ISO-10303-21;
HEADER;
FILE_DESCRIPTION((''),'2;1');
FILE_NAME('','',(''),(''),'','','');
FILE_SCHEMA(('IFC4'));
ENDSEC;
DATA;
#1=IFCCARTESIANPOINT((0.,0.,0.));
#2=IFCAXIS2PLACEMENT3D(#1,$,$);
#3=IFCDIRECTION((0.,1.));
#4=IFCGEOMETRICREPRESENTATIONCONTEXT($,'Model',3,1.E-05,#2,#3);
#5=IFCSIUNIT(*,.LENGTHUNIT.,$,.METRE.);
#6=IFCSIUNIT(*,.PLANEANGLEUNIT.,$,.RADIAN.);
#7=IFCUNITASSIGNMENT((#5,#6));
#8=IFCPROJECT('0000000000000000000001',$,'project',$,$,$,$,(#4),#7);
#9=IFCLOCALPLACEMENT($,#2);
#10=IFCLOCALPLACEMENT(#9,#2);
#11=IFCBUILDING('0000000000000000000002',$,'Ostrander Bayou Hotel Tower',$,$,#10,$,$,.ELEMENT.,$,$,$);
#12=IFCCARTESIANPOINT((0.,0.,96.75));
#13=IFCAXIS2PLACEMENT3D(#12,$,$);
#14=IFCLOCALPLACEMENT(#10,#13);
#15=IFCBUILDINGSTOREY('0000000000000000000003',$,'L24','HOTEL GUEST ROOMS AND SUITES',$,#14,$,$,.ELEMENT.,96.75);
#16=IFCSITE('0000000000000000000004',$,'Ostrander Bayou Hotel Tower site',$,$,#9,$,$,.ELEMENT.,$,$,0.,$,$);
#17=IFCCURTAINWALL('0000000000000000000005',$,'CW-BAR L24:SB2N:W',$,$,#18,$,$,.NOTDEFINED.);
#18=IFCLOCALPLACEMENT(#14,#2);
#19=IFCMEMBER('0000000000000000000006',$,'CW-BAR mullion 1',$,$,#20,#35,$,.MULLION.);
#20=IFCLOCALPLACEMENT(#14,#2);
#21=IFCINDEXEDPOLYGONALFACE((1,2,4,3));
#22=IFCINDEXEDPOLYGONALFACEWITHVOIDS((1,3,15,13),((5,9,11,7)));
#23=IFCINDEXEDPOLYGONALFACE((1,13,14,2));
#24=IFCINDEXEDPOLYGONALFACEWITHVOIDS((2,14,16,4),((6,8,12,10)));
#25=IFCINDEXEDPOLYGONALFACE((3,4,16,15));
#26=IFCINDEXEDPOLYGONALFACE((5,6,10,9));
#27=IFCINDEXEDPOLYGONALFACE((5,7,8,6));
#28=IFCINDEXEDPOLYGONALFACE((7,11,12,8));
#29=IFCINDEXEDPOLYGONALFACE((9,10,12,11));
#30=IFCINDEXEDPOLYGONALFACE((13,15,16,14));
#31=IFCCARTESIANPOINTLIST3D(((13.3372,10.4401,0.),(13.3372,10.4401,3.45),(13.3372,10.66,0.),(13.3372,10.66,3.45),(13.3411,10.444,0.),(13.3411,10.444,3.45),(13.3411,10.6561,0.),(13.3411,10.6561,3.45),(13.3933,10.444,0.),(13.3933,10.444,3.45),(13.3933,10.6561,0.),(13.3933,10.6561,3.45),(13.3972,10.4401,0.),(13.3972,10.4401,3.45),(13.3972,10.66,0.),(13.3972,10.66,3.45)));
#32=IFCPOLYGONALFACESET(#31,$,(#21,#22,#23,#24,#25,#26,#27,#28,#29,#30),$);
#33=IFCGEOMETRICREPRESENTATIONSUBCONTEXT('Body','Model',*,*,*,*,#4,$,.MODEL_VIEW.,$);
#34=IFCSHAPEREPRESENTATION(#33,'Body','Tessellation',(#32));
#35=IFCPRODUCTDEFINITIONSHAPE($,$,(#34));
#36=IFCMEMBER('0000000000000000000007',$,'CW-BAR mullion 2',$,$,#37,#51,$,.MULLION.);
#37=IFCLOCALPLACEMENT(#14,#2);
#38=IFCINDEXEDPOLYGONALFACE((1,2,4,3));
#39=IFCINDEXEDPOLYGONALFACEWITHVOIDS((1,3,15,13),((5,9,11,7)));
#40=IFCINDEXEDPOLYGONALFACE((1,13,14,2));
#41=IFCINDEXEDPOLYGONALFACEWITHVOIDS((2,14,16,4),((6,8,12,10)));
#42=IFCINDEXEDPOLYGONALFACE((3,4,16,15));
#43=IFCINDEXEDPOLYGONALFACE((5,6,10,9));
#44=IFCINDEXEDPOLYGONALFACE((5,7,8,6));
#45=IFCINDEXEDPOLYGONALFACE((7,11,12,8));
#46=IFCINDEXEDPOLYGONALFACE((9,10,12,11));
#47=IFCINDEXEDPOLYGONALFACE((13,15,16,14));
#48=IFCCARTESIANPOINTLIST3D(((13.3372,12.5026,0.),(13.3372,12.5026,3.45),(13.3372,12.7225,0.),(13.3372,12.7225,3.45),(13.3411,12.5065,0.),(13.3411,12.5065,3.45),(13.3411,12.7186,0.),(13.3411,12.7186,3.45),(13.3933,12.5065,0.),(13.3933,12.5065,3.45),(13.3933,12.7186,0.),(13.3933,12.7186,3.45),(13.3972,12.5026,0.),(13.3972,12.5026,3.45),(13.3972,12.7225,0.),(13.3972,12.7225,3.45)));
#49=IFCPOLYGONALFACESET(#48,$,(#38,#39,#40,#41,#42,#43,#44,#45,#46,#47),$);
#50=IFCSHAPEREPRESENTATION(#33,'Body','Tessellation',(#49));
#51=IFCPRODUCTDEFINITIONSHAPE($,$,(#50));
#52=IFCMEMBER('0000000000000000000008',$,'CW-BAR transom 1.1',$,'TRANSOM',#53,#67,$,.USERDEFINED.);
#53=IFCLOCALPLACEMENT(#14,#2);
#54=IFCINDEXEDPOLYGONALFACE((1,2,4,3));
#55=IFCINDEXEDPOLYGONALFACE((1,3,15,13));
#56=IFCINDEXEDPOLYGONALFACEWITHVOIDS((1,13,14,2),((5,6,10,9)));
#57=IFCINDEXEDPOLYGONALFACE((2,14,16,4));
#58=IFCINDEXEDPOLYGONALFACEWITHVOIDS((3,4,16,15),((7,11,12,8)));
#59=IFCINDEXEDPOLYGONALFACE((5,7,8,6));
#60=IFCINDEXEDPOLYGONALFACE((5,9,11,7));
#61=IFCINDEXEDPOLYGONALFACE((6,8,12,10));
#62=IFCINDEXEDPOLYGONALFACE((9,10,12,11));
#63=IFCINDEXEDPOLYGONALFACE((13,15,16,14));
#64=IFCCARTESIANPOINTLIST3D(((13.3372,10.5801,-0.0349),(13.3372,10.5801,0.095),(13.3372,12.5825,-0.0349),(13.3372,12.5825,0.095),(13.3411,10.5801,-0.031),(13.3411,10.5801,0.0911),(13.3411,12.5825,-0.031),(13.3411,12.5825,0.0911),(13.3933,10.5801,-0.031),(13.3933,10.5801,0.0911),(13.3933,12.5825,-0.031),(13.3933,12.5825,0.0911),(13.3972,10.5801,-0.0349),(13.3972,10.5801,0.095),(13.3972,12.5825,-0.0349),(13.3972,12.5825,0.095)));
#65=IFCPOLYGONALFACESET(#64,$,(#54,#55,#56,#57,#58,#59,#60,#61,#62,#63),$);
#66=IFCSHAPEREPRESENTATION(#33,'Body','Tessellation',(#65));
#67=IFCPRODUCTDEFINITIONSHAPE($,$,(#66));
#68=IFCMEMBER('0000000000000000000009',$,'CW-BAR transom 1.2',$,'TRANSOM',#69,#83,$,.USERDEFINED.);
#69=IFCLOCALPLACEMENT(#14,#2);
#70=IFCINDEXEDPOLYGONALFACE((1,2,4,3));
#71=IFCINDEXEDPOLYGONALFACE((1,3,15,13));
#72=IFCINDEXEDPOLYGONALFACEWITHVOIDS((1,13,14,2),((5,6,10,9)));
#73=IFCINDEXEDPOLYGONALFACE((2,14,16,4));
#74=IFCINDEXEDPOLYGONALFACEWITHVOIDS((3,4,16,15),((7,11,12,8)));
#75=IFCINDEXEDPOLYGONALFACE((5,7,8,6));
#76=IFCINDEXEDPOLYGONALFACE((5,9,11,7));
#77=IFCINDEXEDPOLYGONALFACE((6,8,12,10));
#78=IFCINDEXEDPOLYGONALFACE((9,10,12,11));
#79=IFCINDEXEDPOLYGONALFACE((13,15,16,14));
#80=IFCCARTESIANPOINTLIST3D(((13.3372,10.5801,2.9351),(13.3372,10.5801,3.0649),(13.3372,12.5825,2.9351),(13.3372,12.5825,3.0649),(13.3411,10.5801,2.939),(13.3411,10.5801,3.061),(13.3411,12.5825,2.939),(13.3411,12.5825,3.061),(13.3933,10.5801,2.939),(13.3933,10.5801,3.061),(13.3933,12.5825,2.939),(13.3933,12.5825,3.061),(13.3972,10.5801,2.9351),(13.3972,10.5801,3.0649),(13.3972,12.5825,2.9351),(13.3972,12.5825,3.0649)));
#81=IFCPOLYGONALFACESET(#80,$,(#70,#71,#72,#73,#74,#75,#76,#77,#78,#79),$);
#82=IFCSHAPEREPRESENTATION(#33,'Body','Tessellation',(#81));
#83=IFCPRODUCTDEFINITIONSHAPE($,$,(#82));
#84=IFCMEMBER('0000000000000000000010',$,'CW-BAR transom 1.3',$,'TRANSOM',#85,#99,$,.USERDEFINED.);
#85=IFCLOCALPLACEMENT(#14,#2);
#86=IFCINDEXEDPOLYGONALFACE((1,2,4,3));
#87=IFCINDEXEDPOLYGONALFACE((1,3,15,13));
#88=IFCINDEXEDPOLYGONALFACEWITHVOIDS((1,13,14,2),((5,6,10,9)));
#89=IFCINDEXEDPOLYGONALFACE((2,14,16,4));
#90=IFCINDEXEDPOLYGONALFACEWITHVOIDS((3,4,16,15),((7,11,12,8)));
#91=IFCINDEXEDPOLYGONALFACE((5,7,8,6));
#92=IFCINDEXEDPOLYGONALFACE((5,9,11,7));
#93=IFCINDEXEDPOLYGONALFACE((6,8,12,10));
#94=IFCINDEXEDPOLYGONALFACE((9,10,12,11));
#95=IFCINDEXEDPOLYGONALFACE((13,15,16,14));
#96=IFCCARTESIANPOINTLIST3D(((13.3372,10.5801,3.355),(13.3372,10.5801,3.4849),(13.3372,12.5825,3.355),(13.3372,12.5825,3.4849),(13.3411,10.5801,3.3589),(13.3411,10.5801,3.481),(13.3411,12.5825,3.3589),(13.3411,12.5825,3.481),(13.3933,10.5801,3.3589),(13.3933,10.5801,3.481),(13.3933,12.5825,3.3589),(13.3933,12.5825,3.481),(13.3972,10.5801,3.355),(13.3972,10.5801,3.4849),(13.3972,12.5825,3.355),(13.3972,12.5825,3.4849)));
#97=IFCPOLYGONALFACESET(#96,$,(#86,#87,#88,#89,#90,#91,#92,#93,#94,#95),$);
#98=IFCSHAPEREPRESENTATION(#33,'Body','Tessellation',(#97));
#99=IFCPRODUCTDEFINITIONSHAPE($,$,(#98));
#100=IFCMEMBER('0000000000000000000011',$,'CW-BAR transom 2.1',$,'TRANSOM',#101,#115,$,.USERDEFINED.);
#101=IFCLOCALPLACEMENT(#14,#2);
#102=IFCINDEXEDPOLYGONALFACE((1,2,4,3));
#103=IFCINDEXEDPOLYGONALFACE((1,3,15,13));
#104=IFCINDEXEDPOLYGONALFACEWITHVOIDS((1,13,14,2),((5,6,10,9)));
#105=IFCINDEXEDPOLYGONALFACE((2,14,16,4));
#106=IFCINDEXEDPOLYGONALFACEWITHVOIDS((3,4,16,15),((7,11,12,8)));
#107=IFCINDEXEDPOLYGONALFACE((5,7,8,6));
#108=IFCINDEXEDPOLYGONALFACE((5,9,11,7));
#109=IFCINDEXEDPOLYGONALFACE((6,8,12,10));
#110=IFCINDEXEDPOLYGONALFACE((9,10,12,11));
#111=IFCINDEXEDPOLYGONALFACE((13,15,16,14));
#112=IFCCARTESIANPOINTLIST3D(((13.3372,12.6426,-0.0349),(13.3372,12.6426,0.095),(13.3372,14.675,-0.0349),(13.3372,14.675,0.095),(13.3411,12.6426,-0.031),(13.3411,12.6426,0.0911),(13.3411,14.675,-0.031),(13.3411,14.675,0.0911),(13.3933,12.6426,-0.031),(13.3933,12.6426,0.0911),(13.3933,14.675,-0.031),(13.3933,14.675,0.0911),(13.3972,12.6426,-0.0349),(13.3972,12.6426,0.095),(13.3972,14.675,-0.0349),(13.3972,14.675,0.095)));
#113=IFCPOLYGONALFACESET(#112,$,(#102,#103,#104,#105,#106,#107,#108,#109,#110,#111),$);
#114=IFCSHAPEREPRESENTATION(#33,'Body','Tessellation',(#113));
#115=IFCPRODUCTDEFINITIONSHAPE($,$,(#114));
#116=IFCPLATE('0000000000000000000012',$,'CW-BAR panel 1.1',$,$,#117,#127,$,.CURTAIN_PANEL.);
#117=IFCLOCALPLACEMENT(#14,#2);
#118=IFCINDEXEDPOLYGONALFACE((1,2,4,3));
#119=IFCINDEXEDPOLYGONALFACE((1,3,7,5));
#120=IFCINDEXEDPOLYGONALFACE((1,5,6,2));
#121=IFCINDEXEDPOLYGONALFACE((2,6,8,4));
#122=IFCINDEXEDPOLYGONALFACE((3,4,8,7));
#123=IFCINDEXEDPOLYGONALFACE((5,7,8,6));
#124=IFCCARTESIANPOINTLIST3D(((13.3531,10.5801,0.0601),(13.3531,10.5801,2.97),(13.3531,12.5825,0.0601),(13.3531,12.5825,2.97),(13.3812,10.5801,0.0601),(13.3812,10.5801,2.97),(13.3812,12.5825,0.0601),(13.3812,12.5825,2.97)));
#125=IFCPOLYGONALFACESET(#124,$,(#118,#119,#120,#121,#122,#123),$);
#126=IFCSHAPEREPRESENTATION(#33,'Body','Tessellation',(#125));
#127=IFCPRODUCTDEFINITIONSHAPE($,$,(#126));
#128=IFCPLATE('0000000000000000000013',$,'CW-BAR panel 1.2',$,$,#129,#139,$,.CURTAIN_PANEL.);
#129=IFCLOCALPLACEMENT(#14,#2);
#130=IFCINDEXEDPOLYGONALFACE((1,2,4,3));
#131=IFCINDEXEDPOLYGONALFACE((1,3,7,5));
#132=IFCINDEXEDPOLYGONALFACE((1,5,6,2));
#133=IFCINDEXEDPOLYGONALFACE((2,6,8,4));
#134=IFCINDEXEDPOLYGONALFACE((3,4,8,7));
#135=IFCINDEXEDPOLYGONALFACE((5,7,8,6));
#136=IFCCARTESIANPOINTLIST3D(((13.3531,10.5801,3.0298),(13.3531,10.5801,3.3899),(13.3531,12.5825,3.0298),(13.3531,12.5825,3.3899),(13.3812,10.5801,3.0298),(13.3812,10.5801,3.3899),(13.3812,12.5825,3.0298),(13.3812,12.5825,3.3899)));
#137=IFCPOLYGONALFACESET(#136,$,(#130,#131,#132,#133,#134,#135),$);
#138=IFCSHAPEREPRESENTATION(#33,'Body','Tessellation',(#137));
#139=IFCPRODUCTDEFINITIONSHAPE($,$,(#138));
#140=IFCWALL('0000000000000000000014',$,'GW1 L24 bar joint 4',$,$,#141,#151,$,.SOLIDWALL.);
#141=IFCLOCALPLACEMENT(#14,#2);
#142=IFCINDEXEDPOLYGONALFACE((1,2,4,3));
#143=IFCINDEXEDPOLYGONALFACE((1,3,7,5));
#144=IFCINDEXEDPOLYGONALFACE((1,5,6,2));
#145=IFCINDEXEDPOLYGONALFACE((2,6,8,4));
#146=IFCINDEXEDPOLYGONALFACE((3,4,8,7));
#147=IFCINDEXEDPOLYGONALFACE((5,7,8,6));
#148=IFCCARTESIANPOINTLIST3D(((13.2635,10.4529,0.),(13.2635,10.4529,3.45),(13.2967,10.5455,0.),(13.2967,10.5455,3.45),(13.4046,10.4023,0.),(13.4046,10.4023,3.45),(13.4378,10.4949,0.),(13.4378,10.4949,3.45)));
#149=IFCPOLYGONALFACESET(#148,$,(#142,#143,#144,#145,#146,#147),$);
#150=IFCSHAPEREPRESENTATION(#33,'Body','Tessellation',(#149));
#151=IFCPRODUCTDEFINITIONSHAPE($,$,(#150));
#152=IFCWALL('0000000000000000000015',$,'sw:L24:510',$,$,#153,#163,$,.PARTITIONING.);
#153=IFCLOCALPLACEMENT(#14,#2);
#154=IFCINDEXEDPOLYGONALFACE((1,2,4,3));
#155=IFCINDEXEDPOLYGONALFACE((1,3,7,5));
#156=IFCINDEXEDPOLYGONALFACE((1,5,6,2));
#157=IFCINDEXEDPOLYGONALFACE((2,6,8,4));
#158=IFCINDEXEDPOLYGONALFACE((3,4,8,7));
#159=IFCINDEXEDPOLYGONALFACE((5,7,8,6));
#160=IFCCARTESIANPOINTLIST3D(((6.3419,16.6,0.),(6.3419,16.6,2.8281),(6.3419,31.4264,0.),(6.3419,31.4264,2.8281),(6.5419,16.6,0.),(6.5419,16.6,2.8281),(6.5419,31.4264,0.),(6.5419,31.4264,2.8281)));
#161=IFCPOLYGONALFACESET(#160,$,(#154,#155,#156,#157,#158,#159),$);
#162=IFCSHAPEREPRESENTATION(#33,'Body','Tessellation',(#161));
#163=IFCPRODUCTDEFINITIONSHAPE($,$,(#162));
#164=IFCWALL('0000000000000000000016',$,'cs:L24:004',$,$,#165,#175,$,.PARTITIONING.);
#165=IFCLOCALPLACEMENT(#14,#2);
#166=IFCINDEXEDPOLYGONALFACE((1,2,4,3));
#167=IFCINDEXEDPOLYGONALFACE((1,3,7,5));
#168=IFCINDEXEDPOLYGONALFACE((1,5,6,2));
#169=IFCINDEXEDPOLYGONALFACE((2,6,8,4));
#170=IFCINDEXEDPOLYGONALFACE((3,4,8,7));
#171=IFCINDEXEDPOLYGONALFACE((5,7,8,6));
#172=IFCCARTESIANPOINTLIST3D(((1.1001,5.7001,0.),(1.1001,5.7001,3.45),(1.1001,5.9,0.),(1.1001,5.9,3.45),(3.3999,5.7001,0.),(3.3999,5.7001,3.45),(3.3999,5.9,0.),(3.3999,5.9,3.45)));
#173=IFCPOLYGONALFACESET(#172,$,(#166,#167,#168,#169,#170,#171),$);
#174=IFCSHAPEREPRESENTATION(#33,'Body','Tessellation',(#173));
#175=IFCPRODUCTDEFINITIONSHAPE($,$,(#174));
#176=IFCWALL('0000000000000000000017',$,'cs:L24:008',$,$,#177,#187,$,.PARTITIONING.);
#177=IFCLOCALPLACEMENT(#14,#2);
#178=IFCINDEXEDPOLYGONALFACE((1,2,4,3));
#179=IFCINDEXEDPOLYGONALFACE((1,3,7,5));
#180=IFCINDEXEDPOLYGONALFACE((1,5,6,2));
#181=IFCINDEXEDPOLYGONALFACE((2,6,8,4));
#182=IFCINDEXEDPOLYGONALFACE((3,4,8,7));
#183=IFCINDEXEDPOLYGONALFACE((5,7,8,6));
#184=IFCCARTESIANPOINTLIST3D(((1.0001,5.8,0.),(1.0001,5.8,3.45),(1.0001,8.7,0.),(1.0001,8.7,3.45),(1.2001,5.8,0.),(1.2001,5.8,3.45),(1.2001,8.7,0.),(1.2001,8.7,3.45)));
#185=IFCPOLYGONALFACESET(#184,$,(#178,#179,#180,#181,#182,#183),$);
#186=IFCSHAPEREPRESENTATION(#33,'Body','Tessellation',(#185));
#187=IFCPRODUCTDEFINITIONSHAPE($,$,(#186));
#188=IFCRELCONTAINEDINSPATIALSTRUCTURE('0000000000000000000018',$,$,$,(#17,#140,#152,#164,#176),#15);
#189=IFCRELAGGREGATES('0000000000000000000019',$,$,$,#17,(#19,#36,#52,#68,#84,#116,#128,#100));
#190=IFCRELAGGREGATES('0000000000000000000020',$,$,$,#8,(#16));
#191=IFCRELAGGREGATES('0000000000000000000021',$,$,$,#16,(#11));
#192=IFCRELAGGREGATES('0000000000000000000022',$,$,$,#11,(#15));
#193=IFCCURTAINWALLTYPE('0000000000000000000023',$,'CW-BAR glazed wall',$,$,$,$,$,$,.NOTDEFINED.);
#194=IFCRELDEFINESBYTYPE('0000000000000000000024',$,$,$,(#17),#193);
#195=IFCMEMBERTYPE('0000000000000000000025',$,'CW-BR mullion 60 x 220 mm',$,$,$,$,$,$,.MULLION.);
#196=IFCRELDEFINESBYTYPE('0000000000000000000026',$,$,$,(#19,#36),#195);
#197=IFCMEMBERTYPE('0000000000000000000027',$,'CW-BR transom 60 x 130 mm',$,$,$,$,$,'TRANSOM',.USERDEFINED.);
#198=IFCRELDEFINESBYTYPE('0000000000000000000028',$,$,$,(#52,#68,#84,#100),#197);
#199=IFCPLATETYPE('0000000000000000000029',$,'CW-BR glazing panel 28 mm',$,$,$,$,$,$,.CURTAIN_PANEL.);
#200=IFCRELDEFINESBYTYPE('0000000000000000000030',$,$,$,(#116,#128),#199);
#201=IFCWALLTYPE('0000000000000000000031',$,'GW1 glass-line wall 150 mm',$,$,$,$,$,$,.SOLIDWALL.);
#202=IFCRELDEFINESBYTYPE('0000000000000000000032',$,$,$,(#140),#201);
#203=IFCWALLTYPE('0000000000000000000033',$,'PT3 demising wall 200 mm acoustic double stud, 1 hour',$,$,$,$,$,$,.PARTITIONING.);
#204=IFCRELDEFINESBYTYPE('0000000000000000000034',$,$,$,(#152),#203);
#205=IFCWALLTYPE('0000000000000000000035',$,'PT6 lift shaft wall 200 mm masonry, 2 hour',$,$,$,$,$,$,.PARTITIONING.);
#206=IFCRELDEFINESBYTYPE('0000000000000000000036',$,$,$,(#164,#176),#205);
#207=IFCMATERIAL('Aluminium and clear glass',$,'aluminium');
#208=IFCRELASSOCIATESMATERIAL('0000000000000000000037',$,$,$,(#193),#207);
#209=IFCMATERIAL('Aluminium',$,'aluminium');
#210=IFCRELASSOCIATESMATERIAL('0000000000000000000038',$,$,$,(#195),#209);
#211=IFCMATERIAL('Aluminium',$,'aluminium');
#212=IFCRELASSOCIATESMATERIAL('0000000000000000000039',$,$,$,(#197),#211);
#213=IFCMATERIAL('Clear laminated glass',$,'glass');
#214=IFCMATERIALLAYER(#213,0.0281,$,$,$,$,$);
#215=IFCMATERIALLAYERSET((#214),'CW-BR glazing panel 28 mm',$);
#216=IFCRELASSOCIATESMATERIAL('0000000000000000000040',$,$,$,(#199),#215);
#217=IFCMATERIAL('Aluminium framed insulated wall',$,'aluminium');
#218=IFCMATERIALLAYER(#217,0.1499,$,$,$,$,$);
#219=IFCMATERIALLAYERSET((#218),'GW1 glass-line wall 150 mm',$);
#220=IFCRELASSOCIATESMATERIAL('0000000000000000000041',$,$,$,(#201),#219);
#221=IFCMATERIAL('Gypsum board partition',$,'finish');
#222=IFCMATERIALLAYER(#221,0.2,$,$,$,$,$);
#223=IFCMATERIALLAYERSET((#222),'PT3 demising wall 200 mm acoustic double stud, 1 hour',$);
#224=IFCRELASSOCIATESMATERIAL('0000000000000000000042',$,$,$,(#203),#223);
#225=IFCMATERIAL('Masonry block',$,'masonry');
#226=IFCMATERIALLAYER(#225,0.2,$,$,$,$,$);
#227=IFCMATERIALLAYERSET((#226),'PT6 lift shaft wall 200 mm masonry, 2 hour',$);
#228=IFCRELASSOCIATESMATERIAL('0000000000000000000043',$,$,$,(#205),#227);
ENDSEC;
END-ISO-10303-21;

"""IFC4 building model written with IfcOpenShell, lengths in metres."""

from ifc_helpers import new_model, si_unit, direction, frame, frame_2d, origin, origin_2d, place, context, subcontext, project, spatial, rectangle, hollow_rectangle, extrude, material, layer, layer_set, material_profile, profile_set, type_object, element, aggregate, save


model = new_model("IFC4")

# Units and contexts
model_context = context("Model", 3, precision=1e-05, world=origin(), true_north=direction((0.0, 1.0)))
body_context = subcontext(model_context, "Body", "Model", "MODEL_VIEW")
ifc_project = project(units=[si_unit("LENGTHUNIT", "METRE"), si_unit("PLANEANGLEUNIT", "RADIAN")], contexts=[model_context])

# Site, building, storey
site_placement = place(None, origin())
site = spatial("IfcSite", under=ifc_project, at=site_placement, Name="Ostrander Bayou Hotel Tower site", CompositionType="ELEMENT", RefElevation=0.0)
building_placement = place(site_placement, origin())
building = spatial("IfcBuilding", under=site, at=building_placement, Name="Ostrander Bayou Hotel Tower", CompositionType="ELEMENT")
storey_placement = place(building_placement, frame((0.0, 0.0, 96.75)))
storey = spatial("IfcBuildingStorey", under=building, at=storey_placement, Name="L24", Description="HOTEL GUEST ROOMS AND SUITES", CompositionType="ELEMENT", Elevation=96.75)

# Curtain wall, members, plates
ifc_material_1 = material(Name="Aluminium and clear glass", Category="aluminium")
curtain_wall_type = type_object("IfcCurtainWallType", Name="CW-BAR glazed wall", PredefinedType="NOTDEFINED", material=ifc_material_1)
curtain_wall_placement = place(storey_placement, origin())
curtain_wall = element("IfcCurtainWall", 1, at=curtain_wall_placement, inside=storey, type_object=curtain_wall_type, Name="CW-BAR L24:SB2N:W", PredefinedType="NOTDEFINED")
ifc_material_2 = material(Name="Aluminium", Category="aluminium")
ifc_material_profile_1 = material_profile(ifc_material_2, hollow_rectangle(XDim=0.0601, YDim=0.22, WallThickness=0.0039, at=origin_2d()))
ifc_profile_set_1 = profile_set([ifc_material_profile_1], Name="Aluminium")
member_type_1 = type_object("IfcMemberType", Name="CW-BR mullion 60 x 220 mm", PredefinedType="MULLION", material=ifc_profile_set_1)
member_1_placement = place(storey_placement, frame((13.3672, 10.55, 0.0), z_axis=(0.0, 0.0, 1.0), x_axis=(-1.0, 0.0, 0.0)))
member_1 = element("IfcMember", 2, at=member_1_placement, type_object=member_type_1, Name="CW-BAR mullion 1", PredefinedType="MULLION", context=body_context, shape_type="SweptSolid", body=[
    extrude(hollow_rectangle(XDim=0.0601, YDim=0.22, WallThickness=0.0039, at=origin_2d()), origin(), (0.0, 0.0, 1.0), 3.45),
])
member_2_placement = place(storey_placement, frame((13.3672, 12.6125, 0.0), z_axis=(0.0, 0.0, 1.0), x_axis=(-1.0, 0.0, 0.0)))
member_2 = element("IfcMember", 3, at=member_2_placement, type_object=member_type_1, Name="CW-BAR mullion 2", PredefinedType="MULLION", context=body_context, shape_type="SweptSolid", body=[
    extrude(hollow_rectangle(XDim=0.0601, YDim=0.22, WallThickness=0.0039, at=origin_2d()), origin(), (0.0, 0.0, 1.0), 3.45),
])
ifc_material_3 = material(Name="Aluminium", Category="aluminium")
ifc_material_profile_2 = material_profile(ifc_material_3, hollow_rectangle(XDim=0.0601, YDim=0.1299, WallThickness=0.0039, at=origin_2d()))
ifc_profile_set_2 = profile_set([ifc_material_profile_2], Name="Aluminium")
member_type_2 = type_object("IfcMemberType", Name="CW-BR transom 60 x 130 mm", ElementType="TRANSOM", PredefinedType="USERDEFINED", material=ifc_profile_set_2)
member_3_placement = place(storey_placement, frame((13.3672, 10.5801, 0.03), z_axis=(0.0, 1.0, 0.0), x_axis=(-1.0, 0.0, 0.0)))
member_3 = element("IfcMember", 4, at=member_3_placement, type_object=member_type_2, Name="CW-BAR transom 1.1", ObjectType="TRANSOM", PredefinedType="USERDEFINED", context=body_context, shape_type="SweptSolid", body=[
    extrude(hollow_rectangle(XDim=0.0601, YDim=0.1299, WallThickness=0.0039, at=origin_2d()), origin(), (0.0, 0.0, 1.0), 2.0024),
])
member_4_placement = place(storey_placement, frame((13.3672, 10.5801, 3.0), z_axis=(0.0, 1.0, 0.0), x_axis=(-1.0, 0.0, 0.0)))
member_4 = element("IfcMember", 5, at=member_4_placement, type_object=member_type_2, Name="CW-BAR transom 1.2", ObjectType="TRANSOM", PredefinedType="USERDEFINED", context=body_context, shape_type="SweptSolid", body=[
    extrude(hollow_rectangle(XDim=0.0601, YDim=0.1299, WallThickness=0.0039, at=origin_2d()), origin(), (0.0, 0.0, 1.0), 2.0024),
])
member_5_placement = place(storey_placement, frame((13.3672, 10.5801, 3.4199), z_axis=(0.0, 1.0, 0.0), x_axis=(-1.0, 0.0, 0.0)))
member_5 = element("IfcMember", 6, at=member_5_placement, type_object=member_type_2, Name="CW-BAR transom 1.3", ObjectType="TRANSOM", PredefinedType="USERDEFINED", context=body_context, shape_type="SweptSolid", body=[
    extrude(hollow_rectangle(XDim=0.0601, YDim=0.1299, WallThickness=0.0039, at=origin_2d()), origin(), (0.0, 0.0, 1.0), 2.0024),
])
member_6_placement = place(storey_placement, frame((13.3672, 12.6426, 0.03), z_axis=(0.0, 1.0, 0.0), x_axis=(-1.0, 0.0, 0.0)))
member_6 = element("IfcMember", 7, at=member_6_placement, type_object=member_type_2, Name="CW-BAR transom 2.1", ObjectType="TRANSOM", PredefinedType="USERDEFINED", context=body_context, shape_type="SweptSolid", body=[
    extrude(hollow_rectangle(XDim=0.0601, YDim=0.1299, WallThickness=0.0039, at=origin_2d()), origin(), (0.0, 0.0, 1.0), 2.0325),
])
ifc_material_4 = material(Name="Clear laminated glass", Category="glass")
ifc_layer_1 = layer(ifc_material_4, 0.0281)
ifc_layer_set_1 = layer_set([ifc_layer_1], Name="CW-BR glazing panel 28 mm")
plate_type = type_object("IfcPlateType", Name="CW-BR glazing panel 28 mm", PredefinedType="CURTAIN_PANEL", material=ifc_layer_set_1)
plate_1_placement = place(storey_placement, frame((13.3672, 11.5813, 0.0601), z_axis=(0.0, 0.0, 1.0), x_axis=(0.0, 1.0, 0.0)))
plate_1 = element("IfcPlate", 8, at=plate_1_placement, type_object=plate_type, Name="CW-BAR panel 1.1", PredefinedType="CURTAIN_PANEL", context=body_context, shape_type="SweptSolid", body=[
    extrude(rectangle(XDim=2.0024, YDim=0.0281, at=origin_2d()), origin(), (0.0, 0.0, 1.0), 2.9099),
])
plate_2_placement = place(storey_placement, frame((13.3672, 11.5813, 3.0298), z_axis=(0.0, 0.0, 1.0), x_axis=(0.0, 1.0, 0.0)))
plate_2 = element("IfcPlate", 9, at=plate_2_placement, type_object=plate_type, Name="CW-BAR panel 1.2", PredefinedType="CURTAIN_PANEL", context=body_context, shape_type="SweptSolid", body=[
    extrude(rectangle(XDim=2.0024, YDim=0.0281, at=origin_2d()), origin(), (0.0, 0.0, 1.0), 0.3601),
])
aggregate(curtain_wall, [member_1, member_2, member_3, member_4, member_5, plate_1, plate_2, member_6])

# Walls
ifc_material_5 = material(Name="Aluminium framed insulated wall", Category="aluminium")
ifc_layer_2 = layer(ifc_material_5, 0.1499)
ifc_layer_set_2 = layer_set([ifc_layer_2], Name="GW1 glass-line wall 150 mm")
wall_type_1 = type_object("IfcWallType", Name="GW1 glass-line wall 150 mm", PredefinedType="SOLIDWALL", material=ifc_layer_set_2)
wall_1_placement = place(storey_placement, frame((13.334, 10.4275, 0.0), z_axis=(0.0, 0.0, 1.0), x_axis=(0.337752, 0.941235, 0.0)))
element("IfcWall", 10, at=wall_1_placement, inside=storey, type_object=wall_type_1, Name="GW1 L24 bar joint 4", PredefinedType="SOLIDWALL", context=body_context, shape_type="SweptSolid", body=[
    extrude(rectangle(XDim=0.0984, YDim=0.1499, at=frame_2d((0.0493, 0.0))), origin(), (0.0, 0.0, 1.0), 3.45),
])
ifc_material_6 = material(Name="Gypsum board partition", Category="finish")
ifc_layer_3 = layer(ifc_material_6, 0.2)
ifc_layer_set_3 = layer_set([ifc_layer_3], Name="PT3 demising wall 200 mm acoustic double stud, 1 hour")
wall_type_2 = type_object("IfcWallType", Name="PT3 demising wall 200 mm acoustic double stud, 1 hour", PredefinedType="PARTITIONING", material=ifc_layer_set_3)
wall_2_placement = place(storey_placement, frame((6.4419, 16.6001, 0.0), z_axis=(0.0, 0.0, 1.0), x_axis=(0.0, 1.0, 0.0)))
element("IfcWall", 11, at=wall_2_placement, inside=storey, type_object=wall_type_2, Name="sw:L24:510", PredefinedType="PARTITIONING", context=body_context, shape_type="SweptSolid", body=[
    extrude(rectangle(XDim=14.8264, YDim=0.2, at=frame_2d((7.4131, 0.0))), origin(), (0.0, 0.0, 1.0), 2.8281),
])

# Walls
ifc_material_7 = material(Name="Masonry block", Category="masonry")
ifc_layer_4 = layer(ifc_material_7, 0.2)
ifc_layer_set_4 = layer_set([ifc_layer_4], Name="PT6 lift shaft wall 200 mm masonry, 2 hour")
wall_type_3 = type_object("IfcWallType", Name="PT6 lift shaft wall 200 mm masonry, 2 hour", PredefinedType="PARTITIONING", material=ifc_layer_set_4)
wall_3_placement = place(storey_placement, frame((1.1001, 5.8, 0.0), z_axis=(0.0, 0.0, 1.0), x_axis=(1.0, 0.0, 0.0)))
element("IfcWall", 12, at=wall_3_placement, inside=storey, type_object=wall_type_3, Name="cs:L24:004", PredefinedType="PARTITIONING", context=body_context, shape_type="SweptSolid", body=[
    extrude(rectangle(XDim=2.2998, YDim=0.2, at=frame_2d((1.1499, 0.0))), origin(), (0.0, 0.0, 1.0), 3.45),
])
wall_4_placement = place(storey_placement, frame((1.1001, 5.8, 0.0), z_axis=(0.0, 0.0, 1.0), x_axis=(0.0, 1.0, 0.0)))
element("IfcWall", 13, at=wall_4_placement, inside=storey, type_object=wall_type_3, Name="cs:L24:008", PredefinedType="PARTITIONING", context=body_context, shape_type="SweptSolid", body=[
    extrude(rectangle(XDim=2.8999, YDim=0.2, at=frame_2d((1.45, 0.0))), origin(), (0.0, 0.0, 1.0), 3.45),
])

save(model, "model.ifc")
